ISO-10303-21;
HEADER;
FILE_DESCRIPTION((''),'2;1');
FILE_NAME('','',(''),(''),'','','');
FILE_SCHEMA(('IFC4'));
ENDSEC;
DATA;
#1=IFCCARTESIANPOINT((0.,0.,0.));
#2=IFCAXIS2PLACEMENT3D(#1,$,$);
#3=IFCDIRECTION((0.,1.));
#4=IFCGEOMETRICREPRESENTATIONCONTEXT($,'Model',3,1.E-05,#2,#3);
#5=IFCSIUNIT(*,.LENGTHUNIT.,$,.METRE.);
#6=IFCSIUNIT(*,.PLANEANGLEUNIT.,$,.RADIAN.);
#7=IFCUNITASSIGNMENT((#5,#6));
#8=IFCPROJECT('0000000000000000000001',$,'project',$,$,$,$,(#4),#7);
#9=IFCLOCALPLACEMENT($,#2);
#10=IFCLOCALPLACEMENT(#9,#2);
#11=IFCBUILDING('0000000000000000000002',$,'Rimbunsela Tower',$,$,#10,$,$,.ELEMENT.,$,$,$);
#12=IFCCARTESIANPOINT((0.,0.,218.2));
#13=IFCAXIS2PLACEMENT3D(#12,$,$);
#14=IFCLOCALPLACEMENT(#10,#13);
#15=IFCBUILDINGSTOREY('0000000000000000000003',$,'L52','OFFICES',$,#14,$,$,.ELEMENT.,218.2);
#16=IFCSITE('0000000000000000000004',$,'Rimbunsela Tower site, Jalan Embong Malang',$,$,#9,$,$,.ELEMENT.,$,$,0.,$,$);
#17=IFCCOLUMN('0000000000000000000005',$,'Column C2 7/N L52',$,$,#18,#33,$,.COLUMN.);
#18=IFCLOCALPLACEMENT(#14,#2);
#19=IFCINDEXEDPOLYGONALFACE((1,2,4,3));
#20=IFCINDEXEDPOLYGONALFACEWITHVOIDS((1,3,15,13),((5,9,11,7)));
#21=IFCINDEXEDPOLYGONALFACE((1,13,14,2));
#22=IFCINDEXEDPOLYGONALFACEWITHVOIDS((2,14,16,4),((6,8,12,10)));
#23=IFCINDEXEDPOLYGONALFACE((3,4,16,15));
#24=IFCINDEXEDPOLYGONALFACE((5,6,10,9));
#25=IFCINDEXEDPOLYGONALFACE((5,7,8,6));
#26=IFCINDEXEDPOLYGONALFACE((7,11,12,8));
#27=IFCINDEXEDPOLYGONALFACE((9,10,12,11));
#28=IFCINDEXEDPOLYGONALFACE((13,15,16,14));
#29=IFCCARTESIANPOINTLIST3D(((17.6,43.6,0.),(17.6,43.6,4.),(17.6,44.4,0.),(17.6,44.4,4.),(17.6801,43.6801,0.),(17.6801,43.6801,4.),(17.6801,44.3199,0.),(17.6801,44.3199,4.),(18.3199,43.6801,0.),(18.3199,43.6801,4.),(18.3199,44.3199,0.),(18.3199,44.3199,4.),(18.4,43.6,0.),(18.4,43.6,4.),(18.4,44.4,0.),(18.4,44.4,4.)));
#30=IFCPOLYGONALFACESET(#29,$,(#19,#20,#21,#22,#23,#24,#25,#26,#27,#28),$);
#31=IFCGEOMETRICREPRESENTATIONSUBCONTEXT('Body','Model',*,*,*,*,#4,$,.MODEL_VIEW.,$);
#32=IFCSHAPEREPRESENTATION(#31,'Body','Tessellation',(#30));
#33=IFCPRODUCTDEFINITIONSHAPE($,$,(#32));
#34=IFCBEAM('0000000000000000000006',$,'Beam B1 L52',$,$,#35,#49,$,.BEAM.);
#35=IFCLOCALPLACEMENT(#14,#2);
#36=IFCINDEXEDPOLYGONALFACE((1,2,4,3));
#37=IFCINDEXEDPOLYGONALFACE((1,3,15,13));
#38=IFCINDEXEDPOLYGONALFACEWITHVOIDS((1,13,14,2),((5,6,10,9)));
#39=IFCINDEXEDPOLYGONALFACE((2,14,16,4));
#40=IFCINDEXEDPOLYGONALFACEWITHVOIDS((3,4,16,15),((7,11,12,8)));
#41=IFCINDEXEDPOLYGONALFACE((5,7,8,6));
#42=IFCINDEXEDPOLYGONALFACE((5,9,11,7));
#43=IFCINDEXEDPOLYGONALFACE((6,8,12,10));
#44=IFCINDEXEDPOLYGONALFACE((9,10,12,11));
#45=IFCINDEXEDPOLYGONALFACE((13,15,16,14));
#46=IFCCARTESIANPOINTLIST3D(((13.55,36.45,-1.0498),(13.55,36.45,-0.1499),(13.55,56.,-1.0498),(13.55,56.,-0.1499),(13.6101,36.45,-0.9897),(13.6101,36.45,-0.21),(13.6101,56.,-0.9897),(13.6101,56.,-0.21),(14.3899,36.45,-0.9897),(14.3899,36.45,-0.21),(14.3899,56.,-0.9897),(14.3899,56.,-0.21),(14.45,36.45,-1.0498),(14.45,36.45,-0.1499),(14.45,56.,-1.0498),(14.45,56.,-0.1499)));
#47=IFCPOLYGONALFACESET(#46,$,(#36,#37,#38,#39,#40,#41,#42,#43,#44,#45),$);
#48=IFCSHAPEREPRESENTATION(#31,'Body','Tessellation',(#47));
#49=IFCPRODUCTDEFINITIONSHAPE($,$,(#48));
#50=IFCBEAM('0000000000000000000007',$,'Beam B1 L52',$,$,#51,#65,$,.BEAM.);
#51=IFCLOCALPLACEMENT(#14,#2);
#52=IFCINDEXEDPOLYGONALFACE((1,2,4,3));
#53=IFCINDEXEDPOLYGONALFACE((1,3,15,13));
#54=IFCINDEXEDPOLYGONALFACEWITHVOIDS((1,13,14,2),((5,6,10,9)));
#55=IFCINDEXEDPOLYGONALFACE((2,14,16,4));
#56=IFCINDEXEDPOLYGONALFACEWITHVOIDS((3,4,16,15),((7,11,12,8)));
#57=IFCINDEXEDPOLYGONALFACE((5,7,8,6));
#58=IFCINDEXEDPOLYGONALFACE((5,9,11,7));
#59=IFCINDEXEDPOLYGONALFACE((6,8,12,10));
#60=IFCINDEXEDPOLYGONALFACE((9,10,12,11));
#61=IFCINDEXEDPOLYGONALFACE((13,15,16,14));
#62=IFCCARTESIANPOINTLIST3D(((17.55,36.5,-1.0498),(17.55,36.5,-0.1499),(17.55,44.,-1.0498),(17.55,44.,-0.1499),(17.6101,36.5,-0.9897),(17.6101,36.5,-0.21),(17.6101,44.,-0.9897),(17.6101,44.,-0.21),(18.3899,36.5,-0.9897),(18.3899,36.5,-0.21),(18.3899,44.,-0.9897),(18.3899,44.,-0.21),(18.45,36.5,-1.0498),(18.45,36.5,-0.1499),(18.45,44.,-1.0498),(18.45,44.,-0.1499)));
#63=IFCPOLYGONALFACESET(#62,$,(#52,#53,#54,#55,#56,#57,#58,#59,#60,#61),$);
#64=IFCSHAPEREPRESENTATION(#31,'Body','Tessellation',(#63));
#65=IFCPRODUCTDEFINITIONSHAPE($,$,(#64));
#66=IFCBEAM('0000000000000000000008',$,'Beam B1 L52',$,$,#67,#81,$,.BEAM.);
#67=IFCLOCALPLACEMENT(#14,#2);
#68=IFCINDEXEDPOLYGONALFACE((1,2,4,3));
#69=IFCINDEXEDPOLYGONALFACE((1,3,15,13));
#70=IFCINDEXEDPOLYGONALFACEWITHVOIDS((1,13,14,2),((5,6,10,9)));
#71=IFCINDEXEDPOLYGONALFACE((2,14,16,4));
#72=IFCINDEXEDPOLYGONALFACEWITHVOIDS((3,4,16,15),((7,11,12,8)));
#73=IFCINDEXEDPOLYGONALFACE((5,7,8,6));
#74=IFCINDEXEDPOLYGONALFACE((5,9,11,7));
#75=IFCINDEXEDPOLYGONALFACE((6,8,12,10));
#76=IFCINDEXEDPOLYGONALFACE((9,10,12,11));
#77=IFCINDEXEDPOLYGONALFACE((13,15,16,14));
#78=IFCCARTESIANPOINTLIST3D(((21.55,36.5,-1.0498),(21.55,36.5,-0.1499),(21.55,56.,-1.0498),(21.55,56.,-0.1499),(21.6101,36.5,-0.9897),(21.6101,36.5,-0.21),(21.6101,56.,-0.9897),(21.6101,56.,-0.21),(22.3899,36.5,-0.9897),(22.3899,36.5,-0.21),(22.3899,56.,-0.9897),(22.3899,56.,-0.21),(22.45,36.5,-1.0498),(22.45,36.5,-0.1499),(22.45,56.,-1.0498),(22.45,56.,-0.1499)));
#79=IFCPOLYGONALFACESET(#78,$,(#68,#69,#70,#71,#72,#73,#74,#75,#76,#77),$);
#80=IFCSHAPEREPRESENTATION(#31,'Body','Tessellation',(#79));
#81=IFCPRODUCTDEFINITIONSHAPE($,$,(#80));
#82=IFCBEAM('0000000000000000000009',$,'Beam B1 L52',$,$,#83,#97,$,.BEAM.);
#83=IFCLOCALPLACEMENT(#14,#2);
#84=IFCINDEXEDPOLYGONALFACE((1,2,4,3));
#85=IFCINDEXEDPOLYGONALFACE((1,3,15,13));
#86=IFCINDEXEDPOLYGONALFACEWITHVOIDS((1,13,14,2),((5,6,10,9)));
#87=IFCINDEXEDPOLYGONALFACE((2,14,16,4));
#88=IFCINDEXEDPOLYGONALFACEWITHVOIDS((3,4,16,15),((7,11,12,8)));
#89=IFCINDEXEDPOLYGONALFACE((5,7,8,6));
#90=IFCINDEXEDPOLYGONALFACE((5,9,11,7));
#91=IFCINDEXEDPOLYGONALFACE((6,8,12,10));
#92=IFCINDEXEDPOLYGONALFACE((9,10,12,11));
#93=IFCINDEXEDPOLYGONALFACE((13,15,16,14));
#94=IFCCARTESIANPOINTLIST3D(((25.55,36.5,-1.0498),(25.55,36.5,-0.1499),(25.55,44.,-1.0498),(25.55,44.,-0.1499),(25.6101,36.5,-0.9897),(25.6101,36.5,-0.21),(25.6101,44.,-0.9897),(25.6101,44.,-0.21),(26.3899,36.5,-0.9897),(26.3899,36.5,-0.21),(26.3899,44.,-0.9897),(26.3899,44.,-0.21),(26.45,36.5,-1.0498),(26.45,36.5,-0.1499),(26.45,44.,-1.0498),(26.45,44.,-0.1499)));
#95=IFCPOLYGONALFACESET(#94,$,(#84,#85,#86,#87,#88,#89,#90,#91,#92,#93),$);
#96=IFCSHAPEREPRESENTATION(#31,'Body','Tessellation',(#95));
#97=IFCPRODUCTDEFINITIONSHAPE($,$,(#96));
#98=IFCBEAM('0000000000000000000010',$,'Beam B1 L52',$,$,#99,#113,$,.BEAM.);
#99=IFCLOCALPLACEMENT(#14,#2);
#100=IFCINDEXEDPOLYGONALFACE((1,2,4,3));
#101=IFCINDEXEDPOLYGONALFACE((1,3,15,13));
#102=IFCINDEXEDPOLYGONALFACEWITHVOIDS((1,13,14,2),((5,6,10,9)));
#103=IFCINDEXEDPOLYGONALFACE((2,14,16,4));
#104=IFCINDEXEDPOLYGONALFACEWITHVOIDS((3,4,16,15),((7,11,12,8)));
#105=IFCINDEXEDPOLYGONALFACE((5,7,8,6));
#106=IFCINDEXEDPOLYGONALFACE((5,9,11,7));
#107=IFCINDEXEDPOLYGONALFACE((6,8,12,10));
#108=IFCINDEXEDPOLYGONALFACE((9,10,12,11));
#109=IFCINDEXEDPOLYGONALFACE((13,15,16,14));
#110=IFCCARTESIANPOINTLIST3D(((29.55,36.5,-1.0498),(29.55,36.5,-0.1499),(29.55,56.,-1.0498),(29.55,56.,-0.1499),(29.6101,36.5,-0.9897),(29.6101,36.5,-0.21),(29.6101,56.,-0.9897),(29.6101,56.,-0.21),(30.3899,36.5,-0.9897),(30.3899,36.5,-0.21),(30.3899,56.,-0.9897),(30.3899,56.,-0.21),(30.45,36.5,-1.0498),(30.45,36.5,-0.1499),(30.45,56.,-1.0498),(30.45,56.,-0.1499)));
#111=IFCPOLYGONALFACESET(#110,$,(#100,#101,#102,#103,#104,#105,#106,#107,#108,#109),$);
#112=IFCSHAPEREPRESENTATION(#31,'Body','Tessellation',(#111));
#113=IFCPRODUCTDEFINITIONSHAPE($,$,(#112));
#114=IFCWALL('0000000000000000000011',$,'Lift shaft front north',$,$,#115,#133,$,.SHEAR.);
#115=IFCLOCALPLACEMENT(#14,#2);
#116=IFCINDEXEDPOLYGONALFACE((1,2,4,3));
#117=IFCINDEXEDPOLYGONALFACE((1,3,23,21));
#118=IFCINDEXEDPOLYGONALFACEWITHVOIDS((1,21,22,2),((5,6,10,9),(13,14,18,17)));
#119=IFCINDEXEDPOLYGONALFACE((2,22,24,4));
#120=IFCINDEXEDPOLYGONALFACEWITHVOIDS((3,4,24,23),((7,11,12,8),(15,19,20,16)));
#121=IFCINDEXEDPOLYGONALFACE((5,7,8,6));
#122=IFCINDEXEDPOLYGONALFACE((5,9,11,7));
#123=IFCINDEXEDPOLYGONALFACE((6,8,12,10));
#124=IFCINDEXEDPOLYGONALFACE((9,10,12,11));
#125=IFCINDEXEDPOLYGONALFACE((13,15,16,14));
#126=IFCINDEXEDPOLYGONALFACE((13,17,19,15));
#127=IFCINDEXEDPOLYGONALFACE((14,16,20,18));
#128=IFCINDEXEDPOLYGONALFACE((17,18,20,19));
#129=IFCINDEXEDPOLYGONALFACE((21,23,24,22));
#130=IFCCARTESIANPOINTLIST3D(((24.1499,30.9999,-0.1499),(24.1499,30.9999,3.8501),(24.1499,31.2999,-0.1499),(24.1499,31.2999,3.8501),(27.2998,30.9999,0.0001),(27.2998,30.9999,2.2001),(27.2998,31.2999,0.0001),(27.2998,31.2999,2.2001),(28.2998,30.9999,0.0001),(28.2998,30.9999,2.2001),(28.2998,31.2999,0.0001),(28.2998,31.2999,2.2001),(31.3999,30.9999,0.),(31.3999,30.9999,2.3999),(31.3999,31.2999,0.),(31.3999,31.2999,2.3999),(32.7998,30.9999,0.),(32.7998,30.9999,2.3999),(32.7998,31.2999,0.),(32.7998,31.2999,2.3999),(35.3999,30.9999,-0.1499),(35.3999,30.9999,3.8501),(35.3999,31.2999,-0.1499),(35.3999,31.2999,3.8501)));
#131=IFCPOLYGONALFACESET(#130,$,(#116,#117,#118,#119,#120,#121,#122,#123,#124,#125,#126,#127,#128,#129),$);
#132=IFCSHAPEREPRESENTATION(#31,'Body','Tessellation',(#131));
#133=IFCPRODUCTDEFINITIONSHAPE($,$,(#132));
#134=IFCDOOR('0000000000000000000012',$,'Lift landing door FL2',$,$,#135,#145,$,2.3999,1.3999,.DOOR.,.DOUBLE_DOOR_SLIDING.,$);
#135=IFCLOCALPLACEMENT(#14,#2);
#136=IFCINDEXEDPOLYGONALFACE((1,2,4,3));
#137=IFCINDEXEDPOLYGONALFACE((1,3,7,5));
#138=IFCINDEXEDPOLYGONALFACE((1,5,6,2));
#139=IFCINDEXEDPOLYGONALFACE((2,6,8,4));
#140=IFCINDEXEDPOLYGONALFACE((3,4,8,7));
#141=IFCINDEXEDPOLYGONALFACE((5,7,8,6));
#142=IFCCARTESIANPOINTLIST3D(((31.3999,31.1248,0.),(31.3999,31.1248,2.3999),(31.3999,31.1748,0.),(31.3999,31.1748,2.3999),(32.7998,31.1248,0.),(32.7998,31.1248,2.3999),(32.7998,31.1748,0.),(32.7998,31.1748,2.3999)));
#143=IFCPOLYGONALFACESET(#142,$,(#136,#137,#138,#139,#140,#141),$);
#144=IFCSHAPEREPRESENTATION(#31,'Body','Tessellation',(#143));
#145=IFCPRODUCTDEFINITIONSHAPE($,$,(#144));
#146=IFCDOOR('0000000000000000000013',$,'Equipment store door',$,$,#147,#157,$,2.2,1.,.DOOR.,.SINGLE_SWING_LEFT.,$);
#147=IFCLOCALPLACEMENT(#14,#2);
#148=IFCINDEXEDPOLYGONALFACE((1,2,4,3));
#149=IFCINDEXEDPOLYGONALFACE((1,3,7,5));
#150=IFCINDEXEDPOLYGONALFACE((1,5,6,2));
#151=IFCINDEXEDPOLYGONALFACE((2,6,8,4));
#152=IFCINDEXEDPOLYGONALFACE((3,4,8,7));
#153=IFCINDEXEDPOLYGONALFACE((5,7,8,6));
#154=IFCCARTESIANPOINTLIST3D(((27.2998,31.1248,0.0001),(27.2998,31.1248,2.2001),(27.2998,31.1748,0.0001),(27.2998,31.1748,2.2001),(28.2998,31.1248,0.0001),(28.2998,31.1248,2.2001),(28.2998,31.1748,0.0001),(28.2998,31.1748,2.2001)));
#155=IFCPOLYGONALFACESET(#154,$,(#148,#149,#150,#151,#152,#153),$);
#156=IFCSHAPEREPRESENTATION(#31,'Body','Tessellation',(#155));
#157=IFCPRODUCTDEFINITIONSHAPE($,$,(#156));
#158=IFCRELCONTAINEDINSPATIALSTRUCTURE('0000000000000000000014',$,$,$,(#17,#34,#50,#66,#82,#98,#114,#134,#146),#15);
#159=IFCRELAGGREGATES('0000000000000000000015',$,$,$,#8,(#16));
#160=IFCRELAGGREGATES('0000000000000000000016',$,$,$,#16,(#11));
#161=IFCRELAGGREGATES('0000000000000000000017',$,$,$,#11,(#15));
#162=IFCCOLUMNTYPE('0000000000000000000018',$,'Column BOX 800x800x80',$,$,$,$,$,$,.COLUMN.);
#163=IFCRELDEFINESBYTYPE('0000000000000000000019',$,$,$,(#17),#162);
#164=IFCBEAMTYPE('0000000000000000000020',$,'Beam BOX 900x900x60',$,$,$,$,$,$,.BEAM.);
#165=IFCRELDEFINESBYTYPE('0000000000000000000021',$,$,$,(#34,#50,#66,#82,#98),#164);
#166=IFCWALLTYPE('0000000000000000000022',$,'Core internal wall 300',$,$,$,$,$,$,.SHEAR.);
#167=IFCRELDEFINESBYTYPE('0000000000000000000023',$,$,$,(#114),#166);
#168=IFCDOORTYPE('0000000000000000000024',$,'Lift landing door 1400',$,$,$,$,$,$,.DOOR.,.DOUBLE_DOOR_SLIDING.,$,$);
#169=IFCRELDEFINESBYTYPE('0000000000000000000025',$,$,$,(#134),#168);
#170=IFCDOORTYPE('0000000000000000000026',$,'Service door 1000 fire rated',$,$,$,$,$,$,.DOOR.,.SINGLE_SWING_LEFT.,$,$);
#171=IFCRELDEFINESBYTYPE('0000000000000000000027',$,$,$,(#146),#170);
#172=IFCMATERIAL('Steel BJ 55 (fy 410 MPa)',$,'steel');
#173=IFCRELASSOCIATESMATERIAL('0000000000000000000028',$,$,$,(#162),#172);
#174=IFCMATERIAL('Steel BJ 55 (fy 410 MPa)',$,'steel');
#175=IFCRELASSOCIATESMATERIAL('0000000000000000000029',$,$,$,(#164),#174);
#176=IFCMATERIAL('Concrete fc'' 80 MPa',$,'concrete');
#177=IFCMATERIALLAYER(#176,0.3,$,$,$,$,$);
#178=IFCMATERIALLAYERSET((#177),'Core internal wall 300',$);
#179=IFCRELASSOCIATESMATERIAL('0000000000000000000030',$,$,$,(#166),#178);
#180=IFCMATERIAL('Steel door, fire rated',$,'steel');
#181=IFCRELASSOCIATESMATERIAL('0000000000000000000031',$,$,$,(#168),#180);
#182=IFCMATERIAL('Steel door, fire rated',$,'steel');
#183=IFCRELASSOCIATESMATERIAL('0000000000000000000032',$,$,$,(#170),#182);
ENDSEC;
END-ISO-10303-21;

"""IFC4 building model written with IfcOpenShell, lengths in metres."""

from ifc_helpers import new_model, si_unit, direction, frame, frame_2d, origin, origin_2d, place, context, subcontext, project, spatial, rectangle, hollow_rectangle, extrude, material, layer, layer_set, material_profile, profile_set, type_object, element, fill, save


model = new_model("IFC4")

# Units and contexts
model_context = context("Model", 3, precision=1e-05, world=origin(), true_north=direction((0.0, 1.0)))
body_context = subcontext(model_context, "Body", "Model", "MODEL_VIEW")
ifc_project = project(units=[si_unit("LENGTHUNIT", "METRE"), si_unit("PLANEANGLEUNIT", "RADIAN")], contexts=[model_context])

# Site, building, storey
site_placement = place(None, origin())
site = spatial("IfcSite", under=ifc_project, at=site_placement, Name="Rimbunsela Tower site, Jalan Embong Malang", CompositionType="ELEMENT", RefElevation=0.0)
building_placement = place(site_placement, origin())
building = spatial("IfcBuilding", under=site, at=building_placement, Name="Rimbunsela Tower", CompositionType="ELEMENT")
storey_placement = place(building_placement, frame((0.0, 0.0, 218.2)))
storey = spatial("IfcBuildingStorey", under=building, at=storey_placement, Name="L52", Description="OFFICES", CompositionType="ELEMENT", Elevation=218.2)

# Column
ifc_material_1 = material(Name="Steel BJ 55 (fy 410 MPa)", Category="steel")
ifc_material_profile_1 = material_profile(ifc_material_1, hollow_rectangle(XDim=0.8, YDim=0.8, WallThickness=0.0801, at=origin_2d()), Name="BOX 800x800x80")
ifc_profile_set_1 = profile_set([ifc_material_profile_1], Name="Steel BJ 55 (fy 410 MPa)")
column_type = type_object("IfcColumnType", Name="Column BOX 800x800x80", PredefinedType="COLUMN", material=ifc_profile_set_1)
column_placement = place(storey_placement, frame((18.0, 44.0, 0.0), z_axis=(0.0, 0.0, 1.0), x_axis=(1.0, 0.0, 0.0)))
element("IfcColumn", 1, at=column_placement, inside=storey, type_object=column_type, Name="Column C2 7/N L52", PredefinedType="COLUMN", context=body_context, shape_type="SweptSolid", body=[
    extrude(hollow_rectangle(XDim=0.8, YDim=0.8, WallThickness=0.0801, at=origin_2d()), origin(), (0.0, 0.0, 1.0), 4.0),
])

# Beams
ifc_material_2 = material(Name="Steel BJ 55 (fy 410 MPa)", Category="steel")
ifc_material_profile_2 = material_profile(ifc_material_2, hollow_rectangle(XDim=0.8999, YDim=0.8999, WallThickness=0.0601, at=origin_2d()), Name="BOX 900x900x60")
ifc_profile_set_2 = profile_set([ifc_material_profile_2], Name="Steel BJ 55 (fy 410 MPa)")
beam_type = type_object("IfcBeamType", Name="Beam BOX 900x900x60", PredefinedType="BEAM", material=ifc_profile_set_2)
beam_1_placement = place(storey_placement, frame((14.0, 36.45, -0.5999), z_axis=(0.0, 1.0, 0.0), x_axis=(-1.0, 0.0, 0.0)))
element("IfcBeam", 2, at=beam_1_placement, inside=storey, type_object=beam_type, Name="Beam B1 L52", PredefinedType="BEAM", context=body_context, shape_type="SweptSolid", body=[
    extrude(hollow_rectangle(XDim=0.8999, YDim=0.8999, WallThickness=0.0601, at=origin_2d()), origin(), (0.0, 0.0, 1.0), 19.55),
])
beam_2_placement = place(storey_placement, frame((18.0, 36.5, -0.5999), z_axis=(0.0, 1.0, 0.0), x_axis=(-1.0, 0.0, 0.0)))
element("IfcBeam", 3, at=beam_2_placement, inside=storey, type_object=beam_type, Name="Beam B1 L52", PredefinedType="BEAM", context=body_context, shape_type="SweptSolid", body=[
    extrude(hollow_rectangle(XDim=0.8999, YDim=0.8999, WallThickness=0.0601, at=origin_2d()), origin(), (0.0, 0.0, 1.0), 7.5),
])
beam_3_placement = place(storey_placement, frame((22.0, 36.5, -0.5999), z_axis=(0.0, 1.0, 0.0), x_axis=(-1.0, 0.0, 0.0)))
element("IfcBeam", 4, at=beam_3_placement, inside=storey, type_object=beam_type, Name="Beam B1 L52", PredefinedType="BEAM", context=body_context, shape_type="SweptSolid", body=[
    extrude(hollow_rectangle(XDim=0.8999, YDim=0.8999, WallThickness=0.0601, at=origin_2d()), origin(), (0.0, 0.0, 1.0), 19.5),
])
beam_4_placement = place(storey_placement, frame((26.0, 36.5, -0.5999), z_axis=(0.0, 1.0, 0.0), x_axis=(-1.0, 0.0, 0.0)))
element("IfcBeam", 5, at=beam_4_placement, inside=storey, type_object=beam_type, Name="Beam B1 L52", PredefinedType="BEAM", context=body_context, shape_type="SweptSolid", body=[
    extrude(hollow_rectangle(XDim=0.8999, YDim=0.8999, WallThickness=0.0601, at=origin_2d()), origin(), (0.0, 0.0, 1.0), 7.5),
])
beam_5_placement = place(storey_placement, frame((30.0, 36.5, -0.5999), z_axis=(0.0, 1.0, 0.0), x_axis=(-1.0, 0.0, 0.0)))
element("IfcBeam", 6, at=beam_5_placement, inside=storey, type_object=beam_type, Name="Beam B1 L52", PredefinedType="BEAM", context=body_context, shape_type="SweptSolid", body=[
    extrude(hollow_rectangle(XDim=0.8999, YDim=0.8999, WallThickness=0.0601, at=origin_2d()), origin(), (0.0, 0.0, 1.0), 19.5),
])

# Wall, openings, doors
ifc_material_3 = material(Name="Concrete fc' 80 MPa", Category="concrete")
ifc_layer_1 = layer(ifc_material_3, 0.3)
ifc_layer_set_1 = layer_set([ifc_layer_1], Name="Core internal wall 300")
wall_type_1 = type_object("IfcWallType", Name="Core internal wall 300", PredefinedType="SHEAR", material=ifc_layer_set_1)
wall_1_placement = place(storey_placement, frame((24.1499, 31.1499, -0.1499), z_axis=(0.0, 0.0, 1.0), x_axis=(1.0, 0.0, 0.0)))
wall_1 = element("IfcWall", 7, at=wall_1_placement, inside=storey, type_object=wall_type_1, Name="Lift shaft front north", PredefinedType="SHEAR", context=body_context, shape_type="SweptSolid", body=[
    extrude(rectangle(XDim=11.25, YDim=0.3, at=frame_2d((5.625, 0.0))), origin(), (0.0, 0.0, 1.0), 4.0),
])
opening_1_placement = place(wall_1_placement, frame((3.1499, 0.0, 0.1499)))
opening_1 = element("IfcOpeningElement", 8, at=opening_1_placement, cuts=wall_1, PredefinedType="OPENING", context=body_context, shape_type="SweptSolid", body=[
    extrude(rectangle(XDim=1.0, YDim=2.2, at=frame_2d((0.5, 1.1001))), frame((0.0, 0.1599, 0.0), z_axis=(0.0, -1.0, 0.0), x_axis=(1.0, 0.0, 0.0)), (0.0, 0.0, 1.0), 0.3201),
])
opening_2_placement = place(wall_1_placement, frame((7.25, 0.0, 0.1499)))
opening_2 = element("IfcOpeningElement", 9, at=opening_2_placement, cuts=wall_1, PredefinedType="OPENING", context=body_context, shape_type="SweptSolid", body=[
    extrude(rectangle(XDim=1.3999, YDim=2.3999, at=frame_2d((0.7, 1.2))), frame((0.0, 0.1599, 0.0), z_axis=(0.0, -1.0, 0.0), x_axis=(1.0, 0.0, 0.0)), (0.0, 0.0, 1.0), 0.3201),
])
ifc_material_4 = material(Name="Steel door, fire rated", Category="steel")
door_type_1 = type_object("IfcDoorType", Name="Lift landing door 1400", OperationType="DOUBLE_DOOR_SLIDING", PredefinedType="DOOR", material=ifc_material_4)
door_1_placement = place(opening_2_placement, origin())
door_1 = element("IfcDoor", 10, at=door_1_placement, inside=storey, type_object=door_type_1, Name="Lift landing door FL2", OperationType="DOUBLE_DOOR_SLIDING", OverallHeight=2.3999, OverallWidth=1.3999, PredefinedType="DOOR", context=body_context, shape_type="SweptSolid", body=[
    extrude(rectangle(XDim=1.3999, YDim=2.3999, at=frame_2d((0.7, 1.2))), frame((0.0, 0.0249, 0.0), z_axis=(0.0, -1.0, 0.0), x_axis=(1.0, 0.0, 0.0)), (0.0, 0.0, 1.0), 0.05),
])
fill(opening_2, door_1)
ifc_material_5 = material(Name="Steel door, fire rated", Category="steel")
door_type_2 = type_object("IfcDoorType", Name="Service door 1000 fire rated", OperationType="SINGLE_SWING_LEFT", PredefinedType="DOOR", material=ifc_material_5)
door_2_placement = place(opening_1_placement, origin())
door_2 = element("IfcDoor", 11, at=door_2_placement, inside=storey, type_object=door_type_2, Name="Equipment store door", OperationType="SINGLE_SWING_LEFT", OverallHeight=2.2, OverallWidth=1.0, PredefinedType="DOOR", context=body_context, shape_type="SweptSolid", body=[
    extrude(rectangle(XDim=1.0, YDim=2.2, at=frame_2d((0.5, 1.1001))), frame((0.0, 0.0249, 0.0), z_axis=(0.0, -1.0, 0.0), x_axis=(1.0, 0.0, 0.0)), (0.0, 0.0, 1.0), 0.05),
])
fill(opening_1, door_2)

save(model, "model.ifc")
